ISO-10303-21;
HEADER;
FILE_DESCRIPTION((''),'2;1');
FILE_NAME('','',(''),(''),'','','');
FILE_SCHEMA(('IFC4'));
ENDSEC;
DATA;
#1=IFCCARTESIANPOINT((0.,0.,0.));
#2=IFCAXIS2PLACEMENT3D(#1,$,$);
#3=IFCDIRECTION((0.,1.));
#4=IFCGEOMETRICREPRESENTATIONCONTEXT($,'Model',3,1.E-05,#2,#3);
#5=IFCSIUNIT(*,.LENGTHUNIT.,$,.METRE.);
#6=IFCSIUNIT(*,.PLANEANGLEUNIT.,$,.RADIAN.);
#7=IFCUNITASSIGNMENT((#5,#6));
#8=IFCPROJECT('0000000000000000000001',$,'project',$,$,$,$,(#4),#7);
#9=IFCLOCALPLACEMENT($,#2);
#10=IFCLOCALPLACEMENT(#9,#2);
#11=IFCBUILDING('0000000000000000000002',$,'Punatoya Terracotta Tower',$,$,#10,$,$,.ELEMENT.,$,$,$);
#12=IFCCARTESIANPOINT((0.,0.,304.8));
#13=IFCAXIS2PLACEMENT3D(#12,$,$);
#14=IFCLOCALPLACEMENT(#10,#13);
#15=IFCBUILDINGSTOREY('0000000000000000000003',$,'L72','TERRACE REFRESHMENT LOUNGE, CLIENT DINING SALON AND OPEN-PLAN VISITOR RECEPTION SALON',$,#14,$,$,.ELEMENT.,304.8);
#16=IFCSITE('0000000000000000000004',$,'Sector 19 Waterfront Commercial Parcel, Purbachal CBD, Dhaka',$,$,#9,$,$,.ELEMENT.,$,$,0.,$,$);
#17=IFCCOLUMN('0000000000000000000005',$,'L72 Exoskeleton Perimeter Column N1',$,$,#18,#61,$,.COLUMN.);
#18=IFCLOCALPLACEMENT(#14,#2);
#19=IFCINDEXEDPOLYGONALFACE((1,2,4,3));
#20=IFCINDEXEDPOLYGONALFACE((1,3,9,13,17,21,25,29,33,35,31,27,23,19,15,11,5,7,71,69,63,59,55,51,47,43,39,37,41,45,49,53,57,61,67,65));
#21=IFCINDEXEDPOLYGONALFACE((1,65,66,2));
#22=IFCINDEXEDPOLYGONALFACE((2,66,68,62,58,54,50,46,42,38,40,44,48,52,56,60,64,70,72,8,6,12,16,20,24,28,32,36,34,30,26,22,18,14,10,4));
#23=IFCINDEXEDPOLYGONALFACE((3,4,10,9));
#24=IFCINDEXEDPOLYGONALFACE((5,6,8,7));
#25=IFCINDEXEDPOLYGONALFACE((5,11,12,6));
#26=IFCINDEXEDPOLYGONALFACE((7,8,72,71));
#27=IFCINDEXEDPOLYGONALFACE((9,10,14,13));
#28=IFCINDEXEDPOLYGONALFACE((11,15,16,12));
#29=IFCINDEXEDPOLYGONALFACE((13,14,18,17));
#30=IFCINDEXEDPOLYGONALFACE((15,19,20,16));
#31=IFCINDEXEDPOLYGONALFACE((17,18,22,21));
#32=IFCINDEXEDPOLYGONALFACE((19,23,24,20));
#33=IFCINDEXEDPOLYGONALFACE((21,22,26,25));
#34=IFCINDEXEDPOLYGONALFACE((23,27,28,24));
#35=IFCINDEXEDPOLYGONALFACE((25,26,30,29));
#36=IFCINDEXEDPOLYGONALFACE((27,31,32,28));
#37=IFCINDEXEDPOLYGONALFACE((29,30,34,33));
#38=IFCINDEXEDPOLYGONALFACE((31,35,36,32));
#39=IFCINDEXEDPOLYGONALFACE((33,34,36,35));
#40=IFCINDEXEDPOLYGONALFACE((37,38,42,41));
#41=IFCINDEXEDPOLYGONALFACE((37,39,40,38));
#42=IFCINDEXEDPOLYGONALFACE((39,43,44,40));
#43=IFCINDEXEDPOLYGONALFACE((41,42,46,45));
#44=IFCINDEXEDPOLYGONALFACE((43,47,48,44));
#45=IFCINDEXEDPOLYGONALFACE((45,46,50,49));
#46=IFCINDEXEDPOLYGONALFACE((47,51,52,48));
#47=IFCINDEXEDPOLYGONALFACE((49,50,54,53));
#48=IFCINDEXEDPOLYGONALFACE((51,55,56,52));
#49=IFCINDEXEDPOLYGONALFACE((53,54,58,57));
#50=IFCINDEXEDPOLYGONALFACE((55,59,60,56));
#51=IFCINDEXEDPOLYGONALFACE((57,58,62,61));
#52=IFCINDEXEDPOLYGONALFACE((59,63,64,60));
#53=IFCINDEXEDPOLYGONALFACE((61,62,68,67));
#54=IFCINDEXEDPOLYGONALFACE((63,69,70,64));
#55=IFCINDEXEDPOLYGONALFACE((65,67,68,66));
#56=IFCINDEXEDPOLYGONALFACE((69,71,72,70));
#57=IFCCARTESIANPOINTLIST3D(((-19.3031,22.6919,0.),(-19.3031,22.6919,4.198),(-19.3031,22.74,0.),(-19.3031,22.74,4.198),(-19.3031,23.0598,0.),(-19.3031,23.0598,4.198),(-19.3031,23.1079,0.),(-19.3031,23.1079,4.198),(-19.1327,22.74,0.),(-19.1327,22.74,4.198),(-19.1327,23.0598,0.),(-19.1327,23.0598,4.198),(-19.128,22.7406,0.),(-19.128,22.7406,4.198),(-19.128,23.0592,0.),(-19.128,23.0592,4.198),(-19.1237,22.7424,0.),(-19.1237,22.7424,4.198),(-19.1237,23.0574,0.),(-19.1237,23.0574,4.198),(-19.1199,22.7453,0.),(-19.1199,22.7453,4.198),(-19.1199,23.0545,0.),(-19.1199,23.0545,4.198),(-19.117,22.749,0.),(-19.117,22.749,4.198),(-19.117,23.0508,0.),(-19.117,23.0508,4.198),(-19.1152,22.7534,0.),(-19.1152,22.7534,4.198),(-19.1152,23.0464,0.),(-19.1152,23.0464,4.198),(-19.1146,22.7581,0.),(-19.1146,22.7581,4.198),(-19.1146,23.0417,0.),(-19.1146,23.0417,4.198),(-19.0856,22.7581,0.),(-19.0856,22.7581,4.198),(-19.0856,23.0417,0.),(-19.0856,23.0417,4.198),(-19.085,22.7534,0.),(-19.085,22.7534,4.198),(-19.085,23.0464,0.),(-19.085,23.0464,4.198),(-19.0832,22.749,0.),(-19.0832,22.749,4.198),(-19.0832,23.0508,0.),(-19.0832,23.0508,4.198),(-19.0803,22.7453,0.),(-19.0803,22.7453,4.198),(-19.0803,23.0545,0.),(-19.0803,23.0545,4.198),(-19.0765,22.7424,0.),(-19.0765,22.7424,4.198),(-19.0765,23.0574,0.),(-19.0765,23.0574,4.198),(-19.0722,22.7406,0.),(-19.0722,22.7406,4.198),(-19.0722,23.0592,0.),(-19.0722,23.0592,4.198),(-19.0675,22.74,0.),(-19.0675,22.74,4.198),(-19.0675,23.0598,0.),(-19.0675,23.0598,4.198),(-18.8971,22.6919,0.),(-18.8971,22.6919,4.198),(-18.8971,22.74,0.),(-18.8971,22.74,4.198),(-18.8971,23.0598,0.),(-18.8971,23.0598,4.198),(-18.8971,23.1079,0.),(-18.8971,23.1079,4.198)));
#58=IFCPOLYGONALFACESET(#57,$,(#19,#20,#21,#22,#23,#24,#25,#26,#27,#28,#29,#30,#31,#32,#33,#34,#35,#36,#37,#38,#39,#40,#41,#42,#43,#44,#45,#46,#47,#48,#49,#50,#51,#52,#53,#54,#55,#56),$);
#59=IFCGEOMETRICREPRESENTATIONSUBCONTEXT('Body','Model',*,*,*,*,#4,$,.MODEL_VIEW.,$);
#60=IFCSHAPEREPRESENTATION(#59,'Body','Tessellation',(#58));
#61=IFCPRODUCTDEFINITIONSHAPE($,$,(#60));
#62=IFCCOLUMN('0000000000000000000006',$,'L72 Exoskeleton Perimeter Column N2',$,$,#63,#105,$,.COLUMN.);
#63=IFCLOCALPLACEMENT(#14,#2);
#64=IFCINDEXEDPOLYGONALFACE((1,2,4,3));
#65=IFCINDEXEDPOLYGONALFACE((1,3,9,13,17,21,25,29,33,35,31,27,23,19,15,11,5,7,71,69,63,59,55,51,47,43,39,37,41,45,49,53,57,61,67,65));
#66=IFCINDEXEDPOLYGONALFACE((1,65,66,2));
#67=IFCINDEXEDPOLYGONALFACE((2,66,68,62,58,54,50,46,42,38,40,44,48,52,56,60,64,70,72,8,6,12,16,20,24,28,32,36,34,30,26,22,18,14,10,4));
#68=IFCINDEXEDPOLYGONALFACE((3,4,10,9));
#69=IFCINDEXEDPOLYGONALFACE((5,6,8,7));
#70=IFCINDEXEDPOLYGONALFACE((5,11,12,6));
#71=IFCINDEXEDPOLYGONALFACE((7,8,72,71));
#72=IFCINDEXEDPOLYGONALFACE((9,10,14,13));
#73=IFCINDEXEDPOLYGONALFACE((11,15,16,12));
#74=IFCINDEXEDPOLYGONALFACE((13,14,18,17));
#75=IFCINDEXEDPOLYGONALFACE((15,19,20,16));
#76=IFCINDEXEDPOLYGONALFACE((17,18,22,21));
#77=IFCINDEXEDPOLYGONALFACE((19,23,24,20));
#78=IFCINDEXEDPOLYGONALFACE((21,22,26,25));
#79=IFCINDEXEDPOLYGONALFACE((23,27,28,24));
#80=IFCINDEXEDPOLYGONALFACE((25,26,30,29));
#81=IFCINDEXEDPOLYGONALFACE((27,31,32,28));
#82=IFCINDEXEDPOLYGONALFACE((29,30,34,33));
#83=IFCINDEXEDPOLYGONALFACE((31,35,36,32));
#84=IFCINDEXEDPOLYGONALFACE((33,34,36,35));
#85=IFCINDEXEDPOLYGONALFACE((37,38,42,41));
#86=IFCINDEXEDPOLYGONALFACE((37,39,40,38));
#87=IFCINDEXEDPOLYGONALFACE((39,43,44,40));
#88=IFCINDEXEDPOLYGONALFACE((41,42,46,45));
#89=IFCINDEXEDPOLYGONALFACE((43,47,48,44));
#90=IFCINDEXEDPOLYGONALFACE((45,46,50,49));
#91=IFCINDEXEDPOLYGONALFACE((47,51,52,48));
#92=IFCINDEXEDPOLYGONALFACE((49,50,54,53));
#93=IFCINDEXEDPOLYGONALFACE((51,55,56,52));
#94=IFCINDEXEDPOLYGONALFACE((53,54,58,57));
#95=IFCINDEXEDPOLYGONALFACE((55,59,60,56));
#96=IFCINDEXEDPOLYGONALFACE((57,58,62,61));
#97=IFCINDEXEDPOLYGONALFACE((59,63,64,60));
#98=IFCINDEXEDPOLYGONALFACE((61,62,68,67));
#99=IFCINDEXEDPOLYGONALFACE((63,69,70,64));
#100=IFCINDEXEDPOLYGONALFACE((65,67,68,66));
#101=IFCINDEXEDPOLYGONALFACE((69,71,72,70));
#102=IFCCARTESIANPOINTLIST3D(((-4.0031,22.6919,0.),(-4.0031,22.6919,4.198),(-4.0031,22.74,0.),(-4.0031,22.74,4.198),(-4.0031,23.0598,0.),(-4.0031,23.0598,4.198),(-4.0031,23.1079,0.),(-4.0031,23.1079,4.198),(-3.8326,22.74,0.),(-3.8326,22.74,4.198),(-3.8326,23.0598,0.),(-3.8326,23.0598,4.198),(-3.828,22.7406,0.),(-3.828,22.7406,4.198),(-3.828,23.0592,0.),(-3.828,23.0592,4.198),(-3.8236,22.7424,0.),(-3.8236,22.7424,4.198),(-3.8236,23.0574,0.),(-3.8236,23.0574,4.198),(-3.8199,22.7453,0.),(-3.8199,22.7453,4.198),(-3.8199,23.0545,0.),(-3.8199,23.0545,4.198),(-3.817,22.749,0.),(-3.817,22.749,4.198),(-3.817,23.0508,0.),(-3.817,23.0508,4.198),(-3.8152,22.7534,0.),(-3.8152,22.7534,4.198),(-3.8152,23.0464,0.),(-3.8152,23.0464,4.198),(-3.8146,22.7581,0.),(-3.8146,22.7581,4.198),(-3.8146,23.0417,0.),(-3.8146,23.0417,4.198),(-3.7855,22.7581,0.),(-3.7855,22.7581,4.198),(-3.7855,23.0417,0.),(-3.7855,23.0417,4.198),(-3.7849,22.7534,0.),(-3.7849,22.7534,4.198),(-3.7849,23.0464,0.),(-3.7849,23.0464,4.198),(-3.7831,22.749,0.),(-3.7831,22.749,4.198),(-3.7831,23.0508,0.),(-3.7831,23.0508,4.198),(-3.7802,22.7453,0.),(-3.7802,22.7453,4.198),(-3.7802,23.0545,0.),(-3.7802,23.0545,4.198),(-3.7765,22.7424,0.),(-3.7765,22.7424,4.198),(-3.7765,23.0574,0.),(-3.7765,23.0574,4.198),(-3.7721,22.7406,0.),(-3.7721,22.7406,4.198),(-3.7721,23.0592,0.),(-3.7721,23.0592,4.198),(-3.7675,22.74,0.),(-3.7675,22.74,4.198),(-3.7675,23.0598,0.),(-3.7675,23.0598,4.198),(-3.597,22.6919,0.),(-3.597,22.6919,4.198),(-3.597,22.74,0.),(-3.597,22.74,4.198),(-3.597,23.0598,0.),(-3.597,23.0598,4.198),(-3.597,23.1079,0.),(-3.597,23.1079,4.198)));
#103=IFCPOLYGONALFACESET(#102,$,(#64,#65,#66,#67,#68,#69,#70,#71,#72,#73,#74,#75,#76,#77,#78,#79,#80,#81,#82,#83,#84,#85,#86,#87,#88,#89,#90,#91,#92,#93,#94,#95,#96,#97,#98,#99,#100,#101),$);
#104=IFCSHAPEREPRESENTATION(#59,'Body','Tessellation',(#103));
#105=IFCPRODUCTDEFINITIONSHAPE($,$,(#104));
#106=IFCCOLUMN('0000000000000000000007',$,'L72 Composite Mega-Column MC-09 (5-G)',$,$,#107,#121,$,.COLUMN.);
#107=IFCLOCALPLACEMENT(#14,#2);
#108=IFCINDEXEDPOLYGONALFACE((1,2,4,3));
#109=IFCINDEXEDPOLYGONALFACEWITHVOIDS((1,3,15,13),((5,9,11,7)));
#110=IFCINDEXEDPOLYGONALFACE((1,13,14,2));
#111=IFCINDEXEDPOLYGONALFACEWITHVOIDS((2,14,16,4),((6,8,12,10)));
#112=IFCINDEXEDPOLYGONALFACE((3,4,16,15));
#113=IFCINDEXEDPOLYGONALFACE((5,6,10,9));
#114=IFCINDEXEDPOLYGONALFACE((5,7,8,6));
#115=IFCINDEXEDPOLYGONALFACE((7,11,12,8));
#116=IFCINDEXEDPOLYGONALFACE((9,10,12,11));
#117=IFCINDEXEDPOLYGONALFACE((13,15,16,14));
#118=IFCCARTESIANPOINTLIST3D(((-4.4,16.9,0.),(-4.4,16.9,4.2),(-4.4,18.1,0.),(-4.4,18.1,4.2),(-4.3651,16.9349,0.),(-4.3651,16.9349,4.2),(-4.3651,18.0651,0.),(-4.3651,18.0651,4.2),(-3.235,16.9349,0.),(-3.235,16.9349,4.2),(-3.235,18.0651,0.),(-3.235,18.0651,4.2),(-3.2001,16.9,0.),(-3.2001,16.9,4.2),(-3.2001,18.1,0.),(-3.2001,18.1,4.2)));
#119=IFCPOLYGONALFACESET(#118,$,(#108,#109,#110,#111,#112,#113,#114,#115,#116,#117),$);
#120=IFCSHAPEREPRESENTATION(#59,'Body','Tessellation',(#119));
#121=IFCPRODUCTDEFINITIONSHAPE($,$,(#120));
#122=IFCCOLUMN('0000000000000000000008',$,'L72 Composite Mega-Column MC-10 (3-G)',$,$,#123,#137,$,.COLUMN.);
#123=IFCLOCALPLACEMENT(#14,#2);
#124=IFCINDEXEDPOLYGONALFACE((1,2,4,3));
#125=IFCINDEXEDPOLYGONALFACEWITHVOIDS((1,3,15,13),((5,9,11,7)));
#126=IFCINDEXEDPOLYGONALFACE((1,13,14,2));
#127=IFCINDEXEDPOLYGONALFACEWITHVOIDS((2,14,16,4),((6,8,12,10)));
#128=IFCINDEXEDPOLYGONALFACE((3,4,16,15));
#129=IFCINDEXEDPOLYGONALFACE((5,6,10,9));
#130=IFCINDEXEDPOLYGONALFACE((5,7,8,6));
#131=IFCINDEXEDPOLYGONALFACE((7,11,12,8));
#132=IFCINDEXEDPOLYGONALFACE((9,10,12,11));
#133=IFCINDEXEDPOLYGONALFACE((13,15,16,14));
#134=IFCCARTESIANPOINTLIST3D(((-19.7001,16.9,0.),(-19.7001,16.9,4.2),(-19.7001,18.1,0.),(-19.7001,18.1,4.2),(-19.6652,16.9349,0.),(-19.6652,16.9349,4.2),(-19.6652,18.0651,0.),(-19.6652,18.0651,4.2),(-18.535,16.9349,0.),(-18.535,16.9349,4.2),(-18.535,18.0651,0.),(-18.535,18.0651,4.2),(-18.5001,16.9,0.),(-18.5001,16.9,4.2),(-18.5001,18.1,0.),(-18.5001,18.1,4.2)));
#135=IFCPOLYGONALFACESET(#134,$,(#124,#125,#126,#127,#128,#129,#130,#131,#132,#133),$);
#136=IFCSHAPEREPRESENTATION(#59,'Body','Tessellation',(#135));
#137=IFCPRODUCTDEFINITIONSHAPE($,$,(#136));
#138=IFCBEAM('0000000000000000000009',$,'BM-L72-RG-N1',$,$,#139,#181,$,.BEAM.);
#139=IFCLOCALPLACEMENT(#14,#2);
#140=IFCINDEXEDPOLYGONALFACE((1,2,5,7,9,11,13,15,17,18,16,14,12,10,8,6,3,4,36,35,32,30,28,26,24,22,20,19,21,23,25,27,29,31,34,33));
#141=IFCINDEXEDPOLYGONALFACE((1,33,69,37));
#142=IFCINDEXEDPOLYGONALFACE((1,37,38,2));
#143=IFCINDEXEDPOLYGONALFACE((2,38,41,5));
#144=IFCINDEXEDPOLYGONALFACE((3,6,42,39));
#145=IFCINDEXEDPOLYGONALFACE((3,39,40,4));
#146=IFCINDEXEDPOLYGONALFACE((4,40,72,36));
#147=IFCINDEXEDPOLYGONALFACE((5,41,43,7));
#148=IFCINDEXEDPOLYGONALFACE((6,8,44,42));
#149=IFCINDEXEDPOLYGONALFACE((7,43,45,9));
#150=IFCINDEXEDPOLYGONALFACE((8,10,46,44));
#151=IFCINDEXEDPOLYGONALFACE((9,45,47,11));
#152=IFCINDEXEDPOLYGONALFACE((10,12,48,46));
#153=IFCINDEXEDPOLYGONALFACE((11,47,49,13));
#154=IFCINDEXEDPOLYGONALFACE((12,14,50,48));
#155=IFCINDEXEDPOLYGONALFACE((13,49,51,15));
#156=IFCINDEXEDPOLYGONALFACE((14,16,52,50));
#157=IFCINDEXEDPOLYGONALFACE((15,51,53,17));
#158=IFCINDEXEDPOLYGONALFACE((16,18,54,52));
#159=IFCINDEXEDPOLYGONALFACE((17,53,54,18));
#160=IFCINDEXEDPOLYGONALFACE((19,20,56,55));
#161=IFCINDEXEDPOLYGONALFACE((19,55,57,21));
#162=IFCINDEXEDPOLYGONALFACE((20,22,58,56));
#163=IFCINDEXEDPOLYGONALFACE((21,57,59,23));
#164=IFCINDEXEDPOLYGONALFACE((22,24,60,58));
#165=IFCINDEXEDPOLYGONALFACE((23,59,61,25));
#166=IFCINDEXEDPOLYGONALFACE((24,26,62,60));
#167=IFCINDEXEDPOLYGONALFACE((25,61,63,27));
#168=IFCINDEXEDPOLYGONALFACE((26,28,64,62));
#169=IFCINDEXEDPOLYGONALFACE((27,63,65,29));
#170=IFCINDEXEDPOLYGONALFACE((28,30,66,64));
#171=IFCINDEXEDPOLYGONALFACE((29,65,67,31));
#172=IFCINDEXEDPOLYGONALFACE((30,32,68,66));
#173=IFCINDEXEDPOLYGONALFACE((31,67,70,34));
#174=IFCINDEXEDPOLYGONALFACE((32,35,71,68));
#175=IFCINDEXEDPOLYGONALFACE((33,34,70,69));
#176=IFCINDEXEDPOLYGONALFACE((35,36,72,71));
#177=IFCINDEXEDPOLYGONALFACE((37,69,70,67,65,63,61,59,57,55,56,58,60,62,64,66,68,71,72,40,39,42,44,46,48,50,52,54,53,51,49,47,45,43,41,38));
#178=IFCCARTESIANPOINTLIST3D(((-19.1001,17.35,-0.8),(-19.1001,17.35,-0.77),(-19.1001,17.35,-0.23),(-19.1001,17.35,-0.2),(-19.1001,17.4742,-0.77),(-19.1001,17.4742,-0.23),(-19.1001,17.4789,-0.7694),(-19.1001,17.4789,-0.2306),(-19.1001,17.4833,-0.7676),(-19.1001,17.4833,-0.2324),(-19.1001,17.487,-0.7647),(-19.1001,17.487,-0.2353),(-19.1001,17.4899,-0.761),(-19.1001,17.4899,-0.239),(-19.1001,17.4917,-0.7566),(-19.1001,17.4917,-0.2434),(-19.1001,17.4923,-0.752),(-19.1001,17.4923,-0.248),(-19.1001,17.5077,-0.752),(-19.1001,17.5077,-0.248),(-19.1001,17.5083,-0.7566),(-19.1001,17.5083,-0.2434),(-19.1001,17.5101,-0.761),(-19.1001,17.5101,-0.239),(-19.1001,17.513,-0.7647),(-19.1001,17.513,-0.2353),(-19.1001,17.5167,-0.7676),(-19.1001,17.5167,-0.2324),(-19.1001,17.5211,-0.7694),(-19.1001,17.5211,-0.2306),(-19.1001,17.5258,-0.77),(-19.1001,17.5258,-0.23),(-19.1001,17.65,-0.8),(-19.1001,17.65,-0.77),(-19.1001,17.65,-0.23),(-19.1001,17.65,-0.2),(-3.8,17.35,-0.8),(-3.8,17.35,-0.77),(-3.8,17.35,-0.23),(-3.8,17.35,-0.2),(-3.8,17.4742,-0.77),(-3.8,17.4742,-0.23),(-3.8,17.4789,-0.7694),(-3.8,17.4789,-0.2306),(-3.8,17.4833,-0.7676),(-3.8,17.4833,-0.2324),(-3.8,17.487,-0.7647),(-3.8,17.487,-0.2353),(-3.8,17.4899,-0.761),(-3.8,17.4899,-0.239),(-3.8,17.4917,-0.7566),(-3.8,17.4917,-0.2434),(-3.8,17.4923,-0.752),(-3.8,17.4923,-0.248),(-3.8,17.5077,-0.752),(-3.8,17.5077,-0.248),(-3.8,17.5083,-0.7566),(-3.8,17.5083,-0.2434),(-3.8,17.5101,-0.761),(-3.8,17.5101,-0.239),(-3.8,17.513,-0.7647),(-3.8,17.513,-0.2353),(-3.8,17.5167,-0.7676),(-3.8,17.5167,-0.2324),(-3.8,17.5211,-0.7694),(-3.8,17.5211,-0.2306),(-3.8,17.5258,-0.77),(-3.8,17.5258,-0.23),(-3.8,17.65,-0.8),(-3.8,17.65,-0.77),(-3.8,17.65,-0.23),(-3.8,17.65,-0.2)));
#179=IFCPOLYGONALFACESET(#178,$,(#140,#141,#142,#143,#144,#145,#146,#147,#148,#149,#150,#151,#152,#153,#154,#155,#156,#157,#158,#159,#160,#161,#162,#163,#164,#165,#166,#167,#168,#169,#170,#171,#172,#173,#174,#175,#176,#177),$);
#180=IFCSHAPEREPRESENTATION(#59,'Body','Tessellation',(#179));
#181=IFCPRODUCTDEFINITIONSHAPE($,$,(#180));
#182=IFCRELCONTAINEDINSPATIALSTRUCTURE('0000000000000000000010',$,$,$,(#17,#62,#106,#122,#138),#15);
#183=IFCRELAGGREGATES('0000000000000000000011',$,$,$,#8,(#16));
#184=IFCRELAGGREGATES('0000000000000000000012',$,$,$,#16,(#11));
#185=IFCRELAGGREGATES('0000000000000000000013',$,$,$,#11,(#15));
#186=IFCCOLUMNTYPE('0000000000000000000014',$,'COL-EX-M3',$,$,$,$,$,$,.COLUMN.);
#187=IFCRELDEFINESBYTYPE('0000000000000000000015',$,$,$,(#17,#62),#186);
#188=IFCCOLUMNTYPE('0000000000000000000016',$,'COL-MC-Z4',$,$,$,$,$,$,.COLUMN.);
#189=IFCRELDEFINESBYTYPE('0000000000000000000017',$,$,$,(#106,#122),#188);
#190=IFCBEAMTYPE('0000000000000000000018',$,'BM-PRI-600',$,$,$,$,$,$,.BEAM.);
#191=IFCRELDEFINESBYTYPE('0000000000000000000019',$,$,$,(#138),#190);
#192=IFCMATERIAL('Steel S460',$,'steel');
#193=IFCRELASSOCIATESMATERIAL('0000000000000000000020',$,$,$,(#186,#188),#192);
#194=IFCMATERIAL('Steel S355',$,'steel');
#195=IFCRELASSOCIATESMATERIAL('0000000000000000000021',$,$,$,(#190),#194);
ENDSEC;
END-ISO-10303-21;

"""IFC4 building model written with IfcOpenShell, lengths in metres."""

from ifc_helpers import new_model, si_unit, direction, frame, origin, origin_2d, place, context, subcontext, project, spatial, hollow_rectangle, i_section, extrude, material, material_profile, profile_set, type_object, element, save


model = new_model("IFC4")

# Units and contexts
model_context = context("Model", 3, precision=1e-05, world=origin(), true_north=direction((0.0, 1.0)))
body_context = subcontext(model_context, "Body", "Model", "MODEL_VIEW")
ifc_project = project(units=[si_unit("LENGTHUNIT", "METRE"), si_unit("PLANEANGLEUNIT", "RADIAN")], contexts=[model_context])

# Site, building, storey
site_placement = place(None, origin())
site = spatial("IfcSite", under=ifc_project, at=site_placement, Name="Sector 19 Waterfront Commercial Parcel, Purbachal CBD, Dhaka", CompositionType="ELEMENT", RefElevation=0.0)
building_placement = place(site_placement, origin())
building = spatial("IfcBuilding", under=site, at=building_placement, Name="Punatoya Terracotta Tower", CompositionType="ELEMENT")
storey_placement = place(building_placement, frame((0.0, 0.0, 304.8)))
storey = spatial("IfcBuildingStorey", under=building, at=storey_placement, Name="L72", Description="TERRACE REFRESHMENT LOUNGE, CLIENT DINING SALON AND OPEN-PLAN VISITOR RECEPTION SALON", CompositionType="ELEMENT", Elevation=304.8)

# Columns
ifc_material_1 = material(Name="Steel S460", Category="steel")
ifc_material_profile_1 = material_profile(ifc_material_1, i_section(OverallWidth=0.406, OverallDepth=0.416, WebThickness=0.0291, FlangeThickness=0.0481, FilletRadius=0.0181, at=origin_2d()))
ifc_profile_set_1 = profile_set([ifc_material_profile_1], Name="Steel S460")
column_type_1 = type_object("IfcColumnType", Name="COL-EX-M3", PredefinedType="COLUMN", material=ifc_profile_set_1)
for number, where, z_axis, x_axis, name in (
    (1, (-19.1001, 22.8999, 0.0), (0.0, 0.0, 1.0), (1.0, 0.0, 0.0), "L72 Exoskeleton Perimeter Column N1"),
    (2, (-3.8, 22.8999, 0.0), (0.0, 0.0, 1.0), (1.0, 0.0, 0.0), "L72 Exoskeleton Perimeter Column N2"),
):
    element("IfcColumn", number, at=place(storey_placement, frame(where, z_axis=z_axis, x_axis=x_axis)), inside=storey, type_object=column_type_1, Name=name, PredefinedType="COLUMN", context=body_context, shape_type="SweptSolid", body=[
        extrude(i_section(OverallWidth=0.406, OverallDepth=0.416, WebThickness=0.0291, FlangeThickness=0.0481, FilletRadius=0.0181, at=origin_2d()), origin(), (0.0, 0.0, 1.0), 4.198),
    ])
ifc_material_profile_2 = material_profile(ifc_material_1, hollow_rectangle(XDim=1.2, YDim=1.2, WallThickness=0.0349, at=origin_2d()))
ifc_profile_set_2 = profile_set([ifc_material_profile_2], Name="Steel S460")
column_type_2 = type_object("IfcColumnType", Name="COL-MC-Z4", PredefinedType="COLUMN", material=ifc_profile_set_2)
for number, where, z_axis, x_axis, name in (
    (3, (-3.8, 17.5, 0.0), (0.0, 0.0, 1.0), (1.0, 0.0, 0.0), "L72 Composite Mega-Column MC-09 (5-G)"),
    (4, (-19.1001, 17.5, 0.0), (0.0, 0.0, 1.0), (1.0, 0.0, 0.0), "L72 Composite Mega-Column MC-10 (3-G)"),
):
    element("IfcColumn", number, at=place(storey_placement, frame(where, z_axis=z_axis, x_axis=x_axis)), inside=storey, type_object=column_type_2, Name=name, PredefinedType="COLUMN", context=body_context, shape_type="SweptSolid", body=[
        extrude(hollow_rectangle(XDim=1.2, YDim=1.2, WallThickness=0.0349, at=origin_2d()), origin(), (0.0, 0.0, 1.0), 4.2),
    ])

# Beam
ifc_material_2 = material(Name="Steel S355", Category="steel")
ifc_material_profile_3 = material_profile(ifc_material_2, i_section(OverallWidth=0.3, OverallDepth=0.6001, WebThickness=0.0154, FlangeThickness=0.03, FilletRadius=0.0181, at=origin_2d()))
ifc_profile_set_3 = profile_set([ifc_material_profile_3], Name="Steel S355")
beam_type_1 = type_object("IfcBeamType", Name="BM-PRI-600", PredefinedType="BEAM", material=ifc_profile_set_3)
beam_1_placement = place(storey_placement, frame((-19.1001, 17.5, -0.5), z_axis=(1.0, 0.0, 0.0), x_axis=(0.0, 1.0, 0.0)))
element("IfcBeam", 5, at=beam_1_placement, inside=storey, type_object=beam_type_1, Name="BM-L72-RG-N1", PredefinedType="BEAM", context=body_context, shape_type="SweptSolid", body=[
    extrude(i_section(OverallWidth=0.3, OverallDepth=0.6001, WebThickness=0.0154, FlangeThickness=0.03, FilletRadius=0.0181, at=origin_2d()), origin(), (0.0, 0.0, 1.0), 15.3),
])

save(model, "model.ifc")
